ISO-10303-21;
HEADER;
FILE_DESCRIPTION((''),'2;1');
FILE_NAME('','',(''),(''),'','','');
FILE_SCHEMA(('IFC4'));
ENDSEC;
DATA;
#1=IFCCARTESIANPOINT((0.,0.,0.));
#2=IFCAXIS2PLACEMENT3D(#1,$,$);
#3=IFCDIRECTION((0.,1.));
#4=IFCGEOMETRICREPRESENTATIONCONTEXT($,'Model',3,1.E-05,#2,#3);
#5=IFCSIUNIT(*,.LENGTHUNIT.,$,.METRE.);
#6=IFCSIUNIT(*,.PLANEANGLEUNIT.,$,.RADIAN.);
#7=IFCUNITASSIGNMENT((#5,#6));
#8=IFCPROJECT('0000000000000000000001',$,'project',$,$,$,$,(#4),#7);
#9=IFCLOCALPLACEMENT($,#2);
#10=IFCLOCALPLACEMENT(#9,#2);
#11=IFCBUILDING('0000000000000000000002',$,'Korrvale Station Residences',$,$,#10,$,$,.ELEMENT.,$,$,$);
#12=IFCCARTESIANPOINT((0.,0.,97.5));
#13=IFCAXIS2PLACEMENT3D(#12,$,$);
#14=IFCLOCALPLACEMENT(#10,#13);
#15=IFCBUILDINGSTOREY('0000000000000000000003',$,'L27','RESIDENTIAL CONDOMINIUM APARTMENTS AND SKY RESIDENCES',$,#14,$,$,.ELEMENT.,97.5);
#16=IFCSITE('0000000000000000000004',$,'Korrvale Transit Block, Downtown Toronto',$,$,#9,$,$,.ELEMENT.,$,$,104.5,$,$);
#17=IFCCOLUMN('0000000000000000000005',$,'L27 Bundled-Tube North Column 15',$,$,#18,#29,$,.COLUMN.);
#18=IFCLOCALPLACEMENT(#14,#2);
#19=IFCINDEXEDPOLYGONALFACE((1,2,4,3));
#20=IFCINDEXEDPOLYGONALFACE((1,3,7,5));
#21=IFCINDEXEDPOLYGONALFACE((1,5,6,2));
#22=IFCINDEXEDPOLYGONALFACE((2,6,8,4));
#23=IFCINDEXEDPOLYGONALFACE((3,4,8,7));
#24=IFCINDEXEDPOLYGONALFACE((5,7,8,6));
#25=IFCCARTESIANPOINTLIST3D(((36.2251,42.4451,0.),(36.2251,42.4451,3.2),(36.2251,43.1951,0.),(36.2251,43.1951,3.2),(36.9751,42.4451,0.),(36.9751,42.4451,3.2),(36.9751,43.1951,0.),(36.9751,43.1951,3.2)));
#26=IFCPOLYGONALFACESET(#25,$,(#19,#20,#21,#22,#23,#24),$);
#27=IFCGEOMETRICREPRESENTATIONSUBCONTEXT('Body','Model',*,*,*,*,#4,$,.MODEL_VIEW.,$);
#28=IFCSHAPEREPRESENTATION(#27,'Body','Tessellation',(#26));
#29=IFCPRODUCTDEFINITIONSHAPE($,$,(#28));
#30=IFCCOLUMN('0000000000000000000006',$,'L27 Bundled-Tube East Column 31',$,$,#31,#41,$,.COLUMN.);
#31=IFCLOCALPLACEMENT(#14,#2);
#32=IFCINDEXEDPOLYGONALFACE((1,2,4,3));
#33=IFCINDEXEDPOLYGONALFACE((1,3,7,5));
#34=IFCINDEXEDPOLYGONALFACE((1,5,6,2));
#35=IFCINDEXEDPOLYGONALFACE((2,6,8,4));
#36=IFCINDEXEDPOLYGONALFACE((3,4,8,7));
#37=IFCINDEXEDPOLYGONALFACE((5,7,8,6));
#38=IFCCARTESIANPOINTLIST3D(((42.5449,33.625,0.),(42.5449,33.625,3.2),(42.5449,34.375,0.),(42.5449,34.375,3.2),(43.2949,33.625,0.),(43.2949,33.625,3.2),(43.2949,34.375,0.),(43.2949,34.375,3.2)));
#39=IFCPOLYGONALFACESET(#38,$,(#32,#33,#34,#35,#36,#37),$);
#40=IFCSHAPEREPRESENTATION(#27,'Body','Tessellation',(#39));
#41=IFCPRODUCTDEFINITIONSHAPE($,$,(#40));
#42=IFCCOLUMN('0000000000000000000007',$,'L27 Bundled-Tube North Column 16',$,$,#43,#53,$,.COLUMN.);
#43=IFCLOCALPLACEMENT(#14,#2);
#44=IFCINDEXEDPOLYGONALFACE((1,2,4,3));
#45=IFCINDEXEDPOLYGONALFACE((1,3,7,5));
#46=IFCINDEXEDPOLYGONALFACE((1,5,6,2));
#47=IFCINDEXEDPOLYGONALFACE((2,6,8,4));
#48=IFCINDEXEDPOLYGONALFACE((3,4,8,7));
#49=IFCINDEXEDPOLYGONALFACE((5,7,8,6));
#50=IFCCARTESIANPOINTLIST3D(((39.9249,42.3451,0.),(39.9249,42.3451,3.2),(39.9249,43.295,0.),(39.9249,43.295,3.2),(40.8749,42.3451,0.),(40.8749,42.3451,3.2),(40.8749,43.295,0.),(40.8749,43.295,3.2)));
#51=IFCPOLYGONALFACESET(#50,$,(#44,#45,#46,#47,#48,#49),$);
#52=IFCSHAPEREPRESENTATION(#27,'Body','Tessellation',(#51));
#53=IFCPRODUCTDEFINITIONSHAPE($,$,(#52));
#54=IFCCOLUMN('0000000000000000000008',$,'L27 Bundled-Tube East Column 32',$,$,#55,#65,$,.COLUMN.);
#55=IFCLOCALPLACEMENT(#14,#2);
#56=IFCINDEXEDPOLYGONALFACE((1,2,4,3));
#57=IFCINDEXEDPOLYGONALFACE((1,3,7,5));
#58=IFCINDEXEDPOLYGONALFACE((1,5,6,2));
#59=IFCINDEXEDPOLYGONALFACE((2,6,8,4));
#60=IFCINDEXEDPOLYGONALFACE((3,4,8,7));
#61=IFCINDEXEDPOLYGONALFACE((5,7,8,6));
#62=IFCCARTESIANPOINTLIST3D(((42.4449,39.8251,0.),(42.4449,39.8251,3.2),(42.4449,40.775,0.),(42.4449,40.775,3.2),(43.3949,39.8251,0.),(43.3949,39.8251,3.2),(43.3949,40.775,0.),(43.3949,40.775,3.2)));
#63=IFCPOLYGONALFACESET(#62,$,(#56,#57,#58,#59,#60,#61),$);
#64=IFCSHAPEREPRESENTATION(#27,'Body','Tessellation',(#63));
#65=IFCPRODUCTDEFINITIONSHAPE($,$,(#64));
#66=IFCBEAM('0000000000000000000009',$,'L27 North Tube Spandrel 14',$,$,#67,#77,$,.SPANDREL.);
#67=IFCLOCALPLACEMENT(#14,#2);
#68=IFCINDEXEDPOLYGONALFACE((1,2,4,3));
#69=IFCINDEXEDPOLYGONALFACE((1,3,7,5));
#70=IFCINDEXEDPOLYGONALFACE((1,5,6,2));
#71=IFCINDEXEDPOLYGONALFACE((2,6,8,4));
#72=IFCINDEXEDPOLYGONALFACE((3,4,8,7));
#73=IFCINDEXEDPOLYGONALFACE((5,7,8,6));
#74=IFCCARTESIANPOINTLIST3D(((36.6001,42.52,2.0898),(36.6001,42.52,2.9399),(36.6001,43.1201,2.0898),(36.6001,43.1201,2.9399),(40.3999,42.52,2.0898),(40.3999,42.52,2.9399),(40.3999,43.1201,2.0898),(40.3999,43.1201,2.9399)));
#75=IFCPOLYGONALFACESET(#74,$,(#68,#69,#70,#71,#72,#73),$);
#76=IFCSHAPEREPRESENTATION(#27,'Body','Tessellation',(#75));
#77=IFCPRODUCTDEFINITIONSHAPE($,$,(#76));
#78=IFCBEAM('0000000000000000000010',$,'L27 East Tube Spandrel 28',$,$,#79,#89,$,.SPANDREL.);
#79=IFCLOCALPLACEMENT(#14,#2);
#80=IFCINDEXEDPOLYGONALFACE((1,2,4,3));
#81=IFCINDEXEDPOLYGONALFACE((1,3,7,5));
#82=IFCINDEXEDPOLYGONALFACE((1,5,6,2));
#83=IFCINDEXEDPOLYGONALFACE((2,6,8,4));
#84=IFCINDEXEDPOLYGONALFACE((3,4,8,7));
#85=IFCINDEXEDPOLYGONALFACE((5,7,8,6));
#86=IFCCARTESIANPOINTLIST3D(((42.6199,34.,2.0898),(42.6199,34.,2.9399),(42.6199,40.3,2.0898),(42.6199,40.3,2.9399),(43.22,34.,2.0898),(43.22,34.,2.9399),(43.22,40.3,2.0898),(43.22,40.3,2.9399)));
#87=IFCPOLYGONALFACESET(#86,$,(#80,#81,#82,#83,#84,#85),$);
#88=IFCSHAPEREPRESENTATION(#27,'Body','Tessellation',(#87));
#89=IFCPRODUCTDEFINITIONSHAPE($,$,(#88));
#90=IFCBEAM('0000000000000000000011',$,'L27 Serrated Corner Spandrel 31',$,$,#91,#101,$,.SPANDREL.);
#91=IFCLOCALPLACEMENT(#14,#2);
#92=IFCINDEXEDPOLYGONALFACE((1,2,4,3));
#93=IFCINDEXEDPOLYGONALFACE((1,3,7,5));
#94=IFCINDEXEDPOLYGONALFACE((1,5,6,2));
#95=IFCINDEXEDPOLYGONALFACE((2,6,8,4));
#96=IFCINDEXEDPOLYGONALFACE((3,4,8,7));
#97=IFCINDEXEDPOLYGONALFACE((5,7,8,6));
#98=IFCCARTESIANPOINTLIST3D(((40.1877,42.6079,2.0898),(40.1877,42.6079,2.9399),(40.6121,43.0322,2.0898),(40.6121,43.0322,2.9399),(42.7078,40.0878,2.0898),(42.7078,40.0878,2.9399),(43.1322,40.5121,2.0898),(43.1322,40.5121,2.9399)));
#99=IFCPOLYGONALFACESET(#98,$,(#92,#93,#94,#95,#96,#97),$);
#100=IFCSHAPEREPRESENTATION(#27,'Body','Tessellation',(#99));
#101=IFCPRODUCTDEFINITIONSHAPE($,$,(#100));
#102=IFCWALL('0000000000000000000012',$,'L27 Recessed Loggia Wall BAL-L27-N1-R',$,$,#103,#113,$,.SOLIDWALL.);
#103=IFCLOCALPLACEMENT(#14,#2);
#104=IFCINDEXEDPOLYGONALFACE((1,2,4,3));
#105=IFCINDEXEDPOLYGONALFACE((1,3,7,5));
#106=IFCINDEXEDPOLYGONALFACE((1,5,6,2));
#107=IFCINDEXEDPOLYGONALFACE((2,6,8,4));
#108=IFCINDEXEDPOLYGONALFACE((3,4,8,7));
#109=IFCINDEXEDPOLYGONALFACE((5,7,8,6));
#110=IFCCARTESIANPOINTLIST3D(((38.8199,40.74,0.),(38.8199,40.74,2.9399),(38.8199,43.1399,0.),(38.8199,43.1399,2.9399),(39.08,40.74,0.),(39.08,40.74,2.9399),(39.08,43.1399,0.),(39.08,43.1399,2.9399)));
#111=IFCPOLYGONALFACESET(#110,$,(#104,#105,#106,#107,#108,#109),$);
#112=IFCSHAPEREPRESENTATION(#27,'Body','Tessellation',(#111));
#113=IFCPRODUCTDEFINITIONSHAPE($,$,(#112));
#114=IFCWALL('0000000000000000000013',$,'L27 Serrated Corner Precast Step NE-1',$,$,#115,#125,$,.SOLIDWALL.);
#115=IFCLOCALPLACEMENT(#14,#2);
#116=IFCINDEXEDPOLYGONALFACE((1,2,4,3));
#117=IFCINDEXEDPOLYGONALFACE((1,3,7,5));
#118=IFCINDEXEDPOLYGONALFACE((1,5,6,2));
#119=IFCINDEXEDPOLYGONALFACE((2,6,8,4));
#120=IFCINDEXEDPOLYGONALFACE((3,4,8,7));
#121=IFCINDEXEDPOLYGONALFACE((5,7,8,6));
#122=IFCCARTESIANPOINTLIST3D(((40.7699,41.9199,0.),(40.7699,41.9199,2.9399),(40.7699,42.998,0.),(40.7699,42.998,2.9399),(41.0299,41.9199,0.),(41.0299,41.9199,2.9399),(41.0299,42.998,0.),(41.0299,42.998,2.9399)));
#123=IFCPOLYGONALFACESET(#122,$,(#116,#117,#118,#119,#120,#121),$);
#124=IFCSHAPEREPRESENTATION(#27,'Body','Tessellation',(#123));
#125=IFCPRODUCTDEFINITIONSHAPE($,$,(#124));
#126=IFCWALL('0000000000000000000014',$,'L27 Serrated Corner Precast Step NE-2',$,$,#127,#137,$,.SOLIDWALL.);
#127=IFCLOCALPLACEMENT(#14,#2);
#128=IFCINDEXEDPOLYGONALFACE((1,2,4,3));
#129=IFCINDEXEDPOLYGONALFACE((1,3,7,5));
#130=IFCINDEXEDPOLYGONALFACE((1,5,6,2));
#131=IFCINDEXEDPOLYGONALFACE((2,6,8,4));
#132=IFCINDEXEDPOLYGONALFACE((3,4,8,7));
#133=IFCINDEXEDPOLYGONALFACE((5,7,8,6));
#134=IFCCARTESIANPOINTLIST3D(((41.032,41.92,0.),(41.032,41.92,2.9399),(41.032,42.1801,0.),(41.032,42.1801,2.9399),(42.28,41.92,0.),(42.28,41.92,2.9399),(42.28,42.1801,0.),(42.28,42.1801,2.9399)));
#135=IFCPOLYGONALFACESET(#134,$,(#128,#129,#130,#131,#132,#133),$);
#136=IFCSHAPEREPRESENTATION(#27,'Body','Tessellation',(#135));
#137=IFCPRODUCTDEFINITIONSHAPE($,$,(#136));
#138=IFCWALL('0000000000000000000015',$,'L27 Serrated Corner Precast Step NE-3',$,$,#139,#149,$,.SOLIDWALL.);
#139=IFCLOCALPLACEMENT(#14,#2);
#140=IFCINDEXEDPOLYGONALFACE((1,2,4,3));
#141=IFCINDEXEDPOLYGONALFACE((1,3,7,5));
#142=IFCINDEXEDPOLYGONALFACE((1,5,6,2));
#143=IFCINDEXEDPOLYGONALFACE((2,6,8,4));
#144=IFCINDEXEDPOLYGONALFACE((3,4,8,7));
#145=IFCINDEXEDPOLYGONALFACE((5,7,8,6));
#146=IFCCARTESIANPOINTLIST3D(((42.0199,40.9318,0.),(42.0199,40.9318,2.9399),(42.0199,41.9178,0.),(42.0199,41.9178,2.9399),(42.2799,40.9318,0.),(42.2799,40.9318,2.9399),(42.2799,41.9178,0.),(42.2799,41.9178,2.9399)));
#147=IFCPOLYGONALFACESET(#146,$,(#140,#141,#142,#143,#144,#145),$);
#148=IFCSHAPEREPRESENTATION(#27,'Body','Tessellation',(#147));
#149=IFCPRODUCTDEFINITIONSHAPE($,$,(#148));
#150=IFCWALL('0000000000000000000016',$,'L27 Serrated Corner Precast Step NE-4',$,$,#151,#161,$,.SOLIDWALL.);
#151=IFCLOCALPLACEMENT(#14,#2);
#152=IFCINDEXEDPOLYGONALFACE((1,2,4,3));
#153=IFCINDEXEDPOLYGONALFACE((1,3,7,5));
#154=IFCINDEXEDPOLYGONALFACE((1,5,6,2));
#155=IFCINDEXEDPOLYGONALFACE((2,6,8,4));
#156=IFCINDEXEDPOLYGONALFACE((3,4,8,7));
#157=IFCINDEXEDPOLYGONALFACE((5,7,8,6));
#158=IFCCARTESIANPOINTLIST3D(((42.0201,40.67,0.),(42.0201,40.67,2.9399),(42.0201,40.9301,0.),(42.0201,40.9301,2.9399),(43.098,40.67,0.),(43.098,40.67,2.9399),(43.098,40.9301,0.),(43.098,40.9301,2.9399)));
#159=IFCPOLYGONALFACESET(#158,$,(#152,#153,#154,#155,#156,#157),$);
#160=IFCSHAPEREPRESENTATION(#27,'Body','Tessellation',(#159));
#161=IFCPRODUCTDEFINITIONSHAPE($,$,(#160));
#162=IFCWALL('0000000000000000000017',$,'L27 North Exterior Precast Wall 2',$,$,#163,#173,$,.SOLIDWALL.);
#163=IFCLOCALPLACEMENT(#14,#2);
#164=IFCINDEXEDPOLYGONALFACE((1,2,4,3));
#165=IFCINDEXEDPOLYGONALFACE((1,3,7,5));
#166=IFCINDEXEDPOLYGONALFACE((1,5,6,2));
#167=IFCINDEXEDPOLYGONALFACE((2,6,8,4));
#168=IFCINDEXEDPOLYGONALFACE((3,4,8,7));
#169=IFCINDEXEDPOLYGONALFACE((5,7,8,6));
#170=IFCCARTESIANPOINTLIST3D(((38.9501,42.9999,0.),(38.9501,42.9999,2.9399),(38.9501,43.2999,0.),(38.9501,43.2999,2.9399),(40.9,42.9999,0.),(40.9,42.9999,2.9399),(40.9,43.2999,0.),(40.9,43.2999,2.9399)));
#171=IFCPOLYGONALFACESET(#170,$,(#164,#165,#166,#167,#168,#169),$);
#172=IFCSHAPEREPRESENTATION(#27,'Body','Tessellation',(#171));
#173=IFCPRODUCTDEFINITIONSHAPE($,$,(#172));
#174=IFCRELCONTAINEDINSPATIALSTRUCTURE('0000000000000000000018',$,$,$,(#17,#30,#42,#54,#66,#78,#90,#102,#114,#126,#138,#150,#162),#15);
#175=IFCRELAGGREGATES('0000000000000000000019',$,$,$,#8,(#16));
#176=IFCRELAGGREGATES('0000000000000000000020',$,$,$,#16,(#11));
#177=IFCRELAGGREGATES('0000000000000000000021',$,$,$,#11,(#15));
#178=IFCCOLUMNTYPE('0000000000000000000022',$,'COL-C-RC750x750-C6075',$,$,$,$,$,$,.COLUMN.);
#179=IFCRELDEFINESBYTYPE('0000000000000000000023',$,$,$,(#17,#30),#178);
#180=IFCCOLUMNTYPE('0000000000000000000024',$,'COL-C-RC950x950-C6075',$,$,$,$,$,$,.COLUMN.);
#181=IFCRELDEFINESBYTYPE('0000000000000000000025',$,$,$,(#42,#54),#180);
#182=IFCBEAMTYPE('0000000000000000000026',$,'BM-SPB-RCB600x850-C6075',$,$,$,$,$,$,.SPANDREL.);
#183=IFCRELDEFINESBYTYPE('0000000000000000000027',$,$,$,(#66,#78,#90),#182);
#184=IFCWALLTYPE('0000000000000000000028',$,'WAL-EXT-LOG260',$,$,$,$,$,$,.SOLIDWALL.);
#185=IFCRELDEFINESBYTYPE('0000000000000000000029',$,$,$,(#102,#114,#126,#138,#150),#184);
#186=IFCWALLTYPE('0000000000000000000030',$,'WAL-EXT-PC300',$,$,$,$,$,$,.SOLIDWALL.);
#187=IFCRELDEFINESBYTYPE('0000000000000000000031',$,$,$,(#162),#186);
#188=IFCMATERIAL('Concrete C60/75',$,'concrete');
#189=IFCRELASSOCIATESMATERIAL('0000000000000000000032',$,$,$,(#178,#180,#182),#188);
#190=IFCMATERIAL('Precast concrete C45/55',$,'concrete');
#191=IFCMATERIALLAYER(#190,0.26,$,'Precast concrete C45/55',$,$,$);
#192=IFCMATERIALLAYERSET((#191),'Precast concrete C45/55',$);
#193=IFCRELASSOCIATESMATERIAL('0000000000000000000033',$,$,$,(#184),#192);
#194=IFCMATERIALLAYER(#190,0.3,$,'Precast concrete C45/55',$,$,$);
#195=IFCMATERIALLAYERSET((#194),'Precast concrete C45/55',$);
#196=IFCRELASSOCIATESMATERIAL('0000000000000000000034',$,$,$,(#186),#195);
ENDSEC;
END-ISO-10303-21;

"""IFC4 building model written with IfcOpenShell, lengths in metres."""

from ifc_helpers import new_model, si_unit, direction, frame, frame_2d, origin, origin_2d, place, context, subcontext, project, spatial, rectangle, extrude, material, layer, layer_set, material_profile, profile_set, type_object, element, save


model = new_model("IFC4")

# Units and contexts
model_context = context("Model", 3, precision=1e-05, world=origin(), true_north=direction((0.0, 1.0)))
body_context = subcontext(model_context, "Body", "Model", "MODEL_VIEW")
ifc_project = project(units=[si_unit("LENGTHUNIT", "METRE"), si_unit("PLANEANGLEUNIT", "RADIAN")], contexts=[model_context])

# Site, building, storey
site_placement = place(None, origin())
site = spatial("IfcSite", under=ifc_project, at=site_placement, Name="Korrvale Transit Block, Downtown Toronto", CompositionType="ELEMENT", RefElevation=104.5)
building_placement = place(site_placement, origin())
building = spatial("IfcBuilding", under=site, at=building_placement, Name="Korrvale Station Residences", CompositionType="ELEMENT")
storey_placement = place(building_placement, frame((0.0, 0.0, 97.5)))
storey = spatial("IfcBuildingStorey", under=building, at=storey_placement, Name="L27", Description="RESIDENTIAL CONDOMINIUM APARTMENTS AND SKY RESIDENCES", CompositionType="ELEMENT", Elevation=97.5)

# Columns
ifc_material_1 = material(Name="Concrete C60/75", Category="concrete")
ifc_material_profile_1 = material_profile(ifc_material_1, rectangle(XDim=0.75, YDim=0.75, at=origin_2d()), Name="RC750x750")
ifc_profile_set_1 = profile_set([ifc_material_profile_1], Name="Concrete C60/75")
column_type_1 = type_object("IfcColumnType", Name="COL-C-RC750x750-C6075", PredefinedType="COLUMN", material=ifc_profile_set_1)
for number, where, z_axis, x_axis, name in (
    (1, (36.6001, 42.8201, 0.0), (0.0, 0.0, 1.0), (1.0, 0.0, 0.0), "L27 Bundled-Tube North Column 15"),
    (2, (42.9199, 34.0, 0.0), (0.0, 0.0, 1.0), (1.0, 0.0, 0.0), "L27 Bundled-Tube East Column 31"),
):
    element("IfcColumn", number, at=place(storey_placement, frame(where, z_axis=z_axis, x_axis=x_axis)), inside=storey, type_object=column_type_1, Name=name, PredefinedType="COLUMN", context=body_context, shape_type="SweptSolid", body=[
        extrude(rectangle(XDim=0.75, YDim=0.75, at=origin_2d()), origin(), (0.0, 0.0, 1.0), 3.2),
    ])
ifc_material_profile_2 = material_profile(ifc_material_1, rectangle(XDim=0.95, YDim=0.95, at=origin_2d()), Name="RC950x950")
ifc_profile_set_2 = profile_set([ifc_material_profile_2], Name="Concrete C60/75")
column_type_2 = type_object("IfcColumnType", Name="COL-C-RC950x950-C6075", PredefinedType="COLUMN", material=ifc_profile_set_2)
for number, where, z_axis, x_axis, name in (
    (3, (40.3999, 42.8201, 0.0), (0.0, 0.0, 1.0), (1.0, 0.0, 0.0), "L27 Bundled-Tube North Column 16"),
    (4, (42.9199, 40.3, 0.0), (0.0, 0.0, 1.0), (1.0, 0.0, 0.0), "L27 Bundled-Tube East Column 32"),
):
    element("IfcColumn", number, at=place(storey_placement, frame(where, z_axis=z_axis, x_axis=x_axis)), inside=storey, type_object=column_type_2, Name=name, PredefinedType="COLUMN", context=body_context, shape_type="SweptSolid", body=[
        extrude(rectangle(XDim=0.95, YDim=0.95, at=origin_2d()), origin(), (0.0, 0.0, 1.0), 3.2),
    ])

# Beams
ifc_material_profile_3 = material_profile(ifc_material_1, rectangle(XDim=0.6001, YDim=0.8501, at=origin_2d()), Name="RCB600x850")
ifc_profile_set_3 = profile_set([ifc_material_profile_3], Name="Concrete C60/75")
beam_type = type_object("IfcBeamType", Name="BM-SPB-RCB600x850-C6075", PredefinedType="SPANDREL", material=ifc_profile_set_3)
beam_1_placement = place(storey_placement, frame((36.6001, 42.8201, 2.5149), z_axis=(1.0, 0.0, 0.0), x_axis=(0.0, 1.0, 0.0)))
element("IfcBeam", 5, at=beam_1_placement, inside=storey, type_object=beam_type, Name="L27 North Tube Spandrel 14", PredefinedType="SPANDREL", context=body_context, shape_type="SweptSolid", body=[
    extrude(rectangle(XDim=0.6001, YDim=0.8501, at=origin_2d()), origin(), (0.0, 0.0, 1.0), 3.7998),
])
beam_2_placement = place(storey_placement, frame((42.9199, 34.0, 2.5149), z_axis=(0.0, 1.0, 0.0), x_axis=(-1.0, 0.0, 0.0)))
element("IfcBeam", 6, at=beam_2_placement, inside=storey, type_object=beam_type, Name="L27 East Tube Spandrel 28", PredefinedType="SPANDREL", context=body_context, shape_type="SweptSolid", body=[
    extrude(rectangle(XDim=0.6001, YDim=0.8501, at=origin_2d()), origin(), (0.0, 0.0, 1.0), 6.3),
])
beam_3_placement = place(storey_placement, frame((40.3999, 42.8201, 2.5149), z_axis=(0.707107, -0.707107, 0.0), x_axis=(0.707107, 0.707107, 0.0)))
element("IfcBeam", 7, at=beam_3_placement, inside=storey, type_object=beam_type, Name="L27 Serrated Corner Spandrel 31", PredefinedType="SPANDREL", context=body_context, shape_type="SweptSolid", body=[
    extrude(rectangle(XDim=0.6001, YDim=0.8501, at=origin_2d()), origin(), (0.0, 0.0, 1.0), 3.564),
])

# Walls
ifc_material_2 = material(Name="Precast concrete C45/55", Category="concrete")
ifc_layer_1 = layer(ifc_material_2, 0.26, Name="Precast concrete C45/55")
ifc_layer_set_1 = layer_set([ifc_layer_1], Name="Precast concrete C45/55")
wall_type_1 = type_object("IfcWallType", Name="WAL-EXT-LOG260", PredefinedType="SOLIDWALL", material=ifc_layer_set_1)
wall_1_placement = place(storey_placement, frame((38.95, 40.74, 0.0), z_axis=(0.0, 0.0, 1.0), x_axis=(0.0, 1.0, 0.0)))
element("IfcWall", 8, at=wall_1_placement, inside=storey, type_object=wall_type_1, Name="L27 Recessed Loggia Wall BAL-L27-N1-R", PredefinedType="SOLIDWALL", context=body_context, shape_type="SweptSolid", body=[
    extrude(rectangle(XDim=2.3999, YDim=0.26, at=frame_2d((1.2, 0.0))), origin(), (0.0, 0.0, 1.0), 2.9399),
])
wall_2_placement = place(storey_placement, frame((40.8999, 42.998, 0.0), z_axis=(0.0, 0.0, 1.0), x_axis=(0.0, -1.0, 0.0)))
element("IfcWall", 9, at=wall_2_placement, inside=storey, type_object=wall_type_1, Name="L27 Serrated Corner Precast Step NE-1", PredefinedType="SOLIDWALL", context=body_context, shape_type="SweptSolid", body=[
    extrude(rectangle(XDim=1.0781, YDim=0.26, at=frame_2d((0.5391, 0.0))), origin(), (0.0, 0.0, 1.0), 2.9399),
])
wall_3_placement = place(storey_placement, frame((41.032, 42.05, 0.0), z_axis=(0.0, 0.0, 1.0), x_axis=(1.0, 0.0, 0.0)))
element("IfcWall", 10, at=wall_3_placement, inside=storey, type_object=wall_type_1, Name="L27 Serrated Corner Precast Step NE-2", PredefinedType="SOLIDWALL", context=body_context, shape_type="SweptSolid", body=[
    extrude(rectangle(XDim=1.248, YDim=0.26, at=frame_2d((0.624, 0.0))), origin(), (0.0, 0.0, 1.0), 2.9399),
])
wall_4_placement = place(storey_placement, frame((42.1499, 41.918, 0.0), z_axis=(0.0, 0.0, 1.0), x_axis=(0.0, -1.0, 0.0)))
element("IfcWall", 11, at=wall_4_placement, inside=storey, type_object=wall_type_1, Name="L27 Serrated Corner Precast Step NE-3", PredefinedType="SOLIDWALL", context=body_context, shape_type="SweptSolid", body=[
    extrude(rectangle(XDim=0.9861, YDim=0.26, at=frame_2d((0.4932, 0.0))), origin(), (0.0, 0.0, 1.0), 2.9399),
])
wall_5_placement = place(storey_placement, frame((42.02, 40.8, 0.0), z_axis=(0.0, 0.0, 1.0), x_axis=(1.0, 0.0, 0.0)))
element("IfcWall", 12, at=wall_5_placement, inside=storey, type_object=wall_type_1, Name="L27 Serrated Corner Precast Step NE-4", PredefinedType="SOLIDWALL", context=body_context, shape_type="SweptSolid", body=[
    extrude(rectangle(XDim=1.0779, YDim=0.26, at=frame_2d((0.5391, 0.0))), origin(), (0.0, 0.0, 1.0), 2.9399),
])
ifc_layer_2 = layer(ifc_material_2, 0.3, Name="Precast concrete C45/55")
ifc_layer_set_2 = layer_set([ifc_layer_2], Name="Precast concrete C45/55")
wall_type_2 = type_object("IfcWallType", Name="WAL-EXT-PC300", PredefinedType="SOLIDWALL", material=ifc_layer_set_2)
wall_6_placement = place(storey_placement, frame((38.95, 43.1499, 0.0), z_axis=(0.0, 0.0, 1.0), x_axis=(1.0, 0.0, 0.0)))
element("IfcWall", 13, at=wall_6_placement, inside=storey, type_object=wall_type_2, Name="L27 North Exterior Precast Wall 2", PredefinedType="SOLIDWALL", context=body_context, shape_type="SweptSolid", body=[
    extrude(rectangle(XDim=1.95, YDim=0.3, at=frame_2d((0.9751, 0.0))), origin(), (0.0, 0.0, 1.0), 2.9399),
])

save(model, "model.ifc")
